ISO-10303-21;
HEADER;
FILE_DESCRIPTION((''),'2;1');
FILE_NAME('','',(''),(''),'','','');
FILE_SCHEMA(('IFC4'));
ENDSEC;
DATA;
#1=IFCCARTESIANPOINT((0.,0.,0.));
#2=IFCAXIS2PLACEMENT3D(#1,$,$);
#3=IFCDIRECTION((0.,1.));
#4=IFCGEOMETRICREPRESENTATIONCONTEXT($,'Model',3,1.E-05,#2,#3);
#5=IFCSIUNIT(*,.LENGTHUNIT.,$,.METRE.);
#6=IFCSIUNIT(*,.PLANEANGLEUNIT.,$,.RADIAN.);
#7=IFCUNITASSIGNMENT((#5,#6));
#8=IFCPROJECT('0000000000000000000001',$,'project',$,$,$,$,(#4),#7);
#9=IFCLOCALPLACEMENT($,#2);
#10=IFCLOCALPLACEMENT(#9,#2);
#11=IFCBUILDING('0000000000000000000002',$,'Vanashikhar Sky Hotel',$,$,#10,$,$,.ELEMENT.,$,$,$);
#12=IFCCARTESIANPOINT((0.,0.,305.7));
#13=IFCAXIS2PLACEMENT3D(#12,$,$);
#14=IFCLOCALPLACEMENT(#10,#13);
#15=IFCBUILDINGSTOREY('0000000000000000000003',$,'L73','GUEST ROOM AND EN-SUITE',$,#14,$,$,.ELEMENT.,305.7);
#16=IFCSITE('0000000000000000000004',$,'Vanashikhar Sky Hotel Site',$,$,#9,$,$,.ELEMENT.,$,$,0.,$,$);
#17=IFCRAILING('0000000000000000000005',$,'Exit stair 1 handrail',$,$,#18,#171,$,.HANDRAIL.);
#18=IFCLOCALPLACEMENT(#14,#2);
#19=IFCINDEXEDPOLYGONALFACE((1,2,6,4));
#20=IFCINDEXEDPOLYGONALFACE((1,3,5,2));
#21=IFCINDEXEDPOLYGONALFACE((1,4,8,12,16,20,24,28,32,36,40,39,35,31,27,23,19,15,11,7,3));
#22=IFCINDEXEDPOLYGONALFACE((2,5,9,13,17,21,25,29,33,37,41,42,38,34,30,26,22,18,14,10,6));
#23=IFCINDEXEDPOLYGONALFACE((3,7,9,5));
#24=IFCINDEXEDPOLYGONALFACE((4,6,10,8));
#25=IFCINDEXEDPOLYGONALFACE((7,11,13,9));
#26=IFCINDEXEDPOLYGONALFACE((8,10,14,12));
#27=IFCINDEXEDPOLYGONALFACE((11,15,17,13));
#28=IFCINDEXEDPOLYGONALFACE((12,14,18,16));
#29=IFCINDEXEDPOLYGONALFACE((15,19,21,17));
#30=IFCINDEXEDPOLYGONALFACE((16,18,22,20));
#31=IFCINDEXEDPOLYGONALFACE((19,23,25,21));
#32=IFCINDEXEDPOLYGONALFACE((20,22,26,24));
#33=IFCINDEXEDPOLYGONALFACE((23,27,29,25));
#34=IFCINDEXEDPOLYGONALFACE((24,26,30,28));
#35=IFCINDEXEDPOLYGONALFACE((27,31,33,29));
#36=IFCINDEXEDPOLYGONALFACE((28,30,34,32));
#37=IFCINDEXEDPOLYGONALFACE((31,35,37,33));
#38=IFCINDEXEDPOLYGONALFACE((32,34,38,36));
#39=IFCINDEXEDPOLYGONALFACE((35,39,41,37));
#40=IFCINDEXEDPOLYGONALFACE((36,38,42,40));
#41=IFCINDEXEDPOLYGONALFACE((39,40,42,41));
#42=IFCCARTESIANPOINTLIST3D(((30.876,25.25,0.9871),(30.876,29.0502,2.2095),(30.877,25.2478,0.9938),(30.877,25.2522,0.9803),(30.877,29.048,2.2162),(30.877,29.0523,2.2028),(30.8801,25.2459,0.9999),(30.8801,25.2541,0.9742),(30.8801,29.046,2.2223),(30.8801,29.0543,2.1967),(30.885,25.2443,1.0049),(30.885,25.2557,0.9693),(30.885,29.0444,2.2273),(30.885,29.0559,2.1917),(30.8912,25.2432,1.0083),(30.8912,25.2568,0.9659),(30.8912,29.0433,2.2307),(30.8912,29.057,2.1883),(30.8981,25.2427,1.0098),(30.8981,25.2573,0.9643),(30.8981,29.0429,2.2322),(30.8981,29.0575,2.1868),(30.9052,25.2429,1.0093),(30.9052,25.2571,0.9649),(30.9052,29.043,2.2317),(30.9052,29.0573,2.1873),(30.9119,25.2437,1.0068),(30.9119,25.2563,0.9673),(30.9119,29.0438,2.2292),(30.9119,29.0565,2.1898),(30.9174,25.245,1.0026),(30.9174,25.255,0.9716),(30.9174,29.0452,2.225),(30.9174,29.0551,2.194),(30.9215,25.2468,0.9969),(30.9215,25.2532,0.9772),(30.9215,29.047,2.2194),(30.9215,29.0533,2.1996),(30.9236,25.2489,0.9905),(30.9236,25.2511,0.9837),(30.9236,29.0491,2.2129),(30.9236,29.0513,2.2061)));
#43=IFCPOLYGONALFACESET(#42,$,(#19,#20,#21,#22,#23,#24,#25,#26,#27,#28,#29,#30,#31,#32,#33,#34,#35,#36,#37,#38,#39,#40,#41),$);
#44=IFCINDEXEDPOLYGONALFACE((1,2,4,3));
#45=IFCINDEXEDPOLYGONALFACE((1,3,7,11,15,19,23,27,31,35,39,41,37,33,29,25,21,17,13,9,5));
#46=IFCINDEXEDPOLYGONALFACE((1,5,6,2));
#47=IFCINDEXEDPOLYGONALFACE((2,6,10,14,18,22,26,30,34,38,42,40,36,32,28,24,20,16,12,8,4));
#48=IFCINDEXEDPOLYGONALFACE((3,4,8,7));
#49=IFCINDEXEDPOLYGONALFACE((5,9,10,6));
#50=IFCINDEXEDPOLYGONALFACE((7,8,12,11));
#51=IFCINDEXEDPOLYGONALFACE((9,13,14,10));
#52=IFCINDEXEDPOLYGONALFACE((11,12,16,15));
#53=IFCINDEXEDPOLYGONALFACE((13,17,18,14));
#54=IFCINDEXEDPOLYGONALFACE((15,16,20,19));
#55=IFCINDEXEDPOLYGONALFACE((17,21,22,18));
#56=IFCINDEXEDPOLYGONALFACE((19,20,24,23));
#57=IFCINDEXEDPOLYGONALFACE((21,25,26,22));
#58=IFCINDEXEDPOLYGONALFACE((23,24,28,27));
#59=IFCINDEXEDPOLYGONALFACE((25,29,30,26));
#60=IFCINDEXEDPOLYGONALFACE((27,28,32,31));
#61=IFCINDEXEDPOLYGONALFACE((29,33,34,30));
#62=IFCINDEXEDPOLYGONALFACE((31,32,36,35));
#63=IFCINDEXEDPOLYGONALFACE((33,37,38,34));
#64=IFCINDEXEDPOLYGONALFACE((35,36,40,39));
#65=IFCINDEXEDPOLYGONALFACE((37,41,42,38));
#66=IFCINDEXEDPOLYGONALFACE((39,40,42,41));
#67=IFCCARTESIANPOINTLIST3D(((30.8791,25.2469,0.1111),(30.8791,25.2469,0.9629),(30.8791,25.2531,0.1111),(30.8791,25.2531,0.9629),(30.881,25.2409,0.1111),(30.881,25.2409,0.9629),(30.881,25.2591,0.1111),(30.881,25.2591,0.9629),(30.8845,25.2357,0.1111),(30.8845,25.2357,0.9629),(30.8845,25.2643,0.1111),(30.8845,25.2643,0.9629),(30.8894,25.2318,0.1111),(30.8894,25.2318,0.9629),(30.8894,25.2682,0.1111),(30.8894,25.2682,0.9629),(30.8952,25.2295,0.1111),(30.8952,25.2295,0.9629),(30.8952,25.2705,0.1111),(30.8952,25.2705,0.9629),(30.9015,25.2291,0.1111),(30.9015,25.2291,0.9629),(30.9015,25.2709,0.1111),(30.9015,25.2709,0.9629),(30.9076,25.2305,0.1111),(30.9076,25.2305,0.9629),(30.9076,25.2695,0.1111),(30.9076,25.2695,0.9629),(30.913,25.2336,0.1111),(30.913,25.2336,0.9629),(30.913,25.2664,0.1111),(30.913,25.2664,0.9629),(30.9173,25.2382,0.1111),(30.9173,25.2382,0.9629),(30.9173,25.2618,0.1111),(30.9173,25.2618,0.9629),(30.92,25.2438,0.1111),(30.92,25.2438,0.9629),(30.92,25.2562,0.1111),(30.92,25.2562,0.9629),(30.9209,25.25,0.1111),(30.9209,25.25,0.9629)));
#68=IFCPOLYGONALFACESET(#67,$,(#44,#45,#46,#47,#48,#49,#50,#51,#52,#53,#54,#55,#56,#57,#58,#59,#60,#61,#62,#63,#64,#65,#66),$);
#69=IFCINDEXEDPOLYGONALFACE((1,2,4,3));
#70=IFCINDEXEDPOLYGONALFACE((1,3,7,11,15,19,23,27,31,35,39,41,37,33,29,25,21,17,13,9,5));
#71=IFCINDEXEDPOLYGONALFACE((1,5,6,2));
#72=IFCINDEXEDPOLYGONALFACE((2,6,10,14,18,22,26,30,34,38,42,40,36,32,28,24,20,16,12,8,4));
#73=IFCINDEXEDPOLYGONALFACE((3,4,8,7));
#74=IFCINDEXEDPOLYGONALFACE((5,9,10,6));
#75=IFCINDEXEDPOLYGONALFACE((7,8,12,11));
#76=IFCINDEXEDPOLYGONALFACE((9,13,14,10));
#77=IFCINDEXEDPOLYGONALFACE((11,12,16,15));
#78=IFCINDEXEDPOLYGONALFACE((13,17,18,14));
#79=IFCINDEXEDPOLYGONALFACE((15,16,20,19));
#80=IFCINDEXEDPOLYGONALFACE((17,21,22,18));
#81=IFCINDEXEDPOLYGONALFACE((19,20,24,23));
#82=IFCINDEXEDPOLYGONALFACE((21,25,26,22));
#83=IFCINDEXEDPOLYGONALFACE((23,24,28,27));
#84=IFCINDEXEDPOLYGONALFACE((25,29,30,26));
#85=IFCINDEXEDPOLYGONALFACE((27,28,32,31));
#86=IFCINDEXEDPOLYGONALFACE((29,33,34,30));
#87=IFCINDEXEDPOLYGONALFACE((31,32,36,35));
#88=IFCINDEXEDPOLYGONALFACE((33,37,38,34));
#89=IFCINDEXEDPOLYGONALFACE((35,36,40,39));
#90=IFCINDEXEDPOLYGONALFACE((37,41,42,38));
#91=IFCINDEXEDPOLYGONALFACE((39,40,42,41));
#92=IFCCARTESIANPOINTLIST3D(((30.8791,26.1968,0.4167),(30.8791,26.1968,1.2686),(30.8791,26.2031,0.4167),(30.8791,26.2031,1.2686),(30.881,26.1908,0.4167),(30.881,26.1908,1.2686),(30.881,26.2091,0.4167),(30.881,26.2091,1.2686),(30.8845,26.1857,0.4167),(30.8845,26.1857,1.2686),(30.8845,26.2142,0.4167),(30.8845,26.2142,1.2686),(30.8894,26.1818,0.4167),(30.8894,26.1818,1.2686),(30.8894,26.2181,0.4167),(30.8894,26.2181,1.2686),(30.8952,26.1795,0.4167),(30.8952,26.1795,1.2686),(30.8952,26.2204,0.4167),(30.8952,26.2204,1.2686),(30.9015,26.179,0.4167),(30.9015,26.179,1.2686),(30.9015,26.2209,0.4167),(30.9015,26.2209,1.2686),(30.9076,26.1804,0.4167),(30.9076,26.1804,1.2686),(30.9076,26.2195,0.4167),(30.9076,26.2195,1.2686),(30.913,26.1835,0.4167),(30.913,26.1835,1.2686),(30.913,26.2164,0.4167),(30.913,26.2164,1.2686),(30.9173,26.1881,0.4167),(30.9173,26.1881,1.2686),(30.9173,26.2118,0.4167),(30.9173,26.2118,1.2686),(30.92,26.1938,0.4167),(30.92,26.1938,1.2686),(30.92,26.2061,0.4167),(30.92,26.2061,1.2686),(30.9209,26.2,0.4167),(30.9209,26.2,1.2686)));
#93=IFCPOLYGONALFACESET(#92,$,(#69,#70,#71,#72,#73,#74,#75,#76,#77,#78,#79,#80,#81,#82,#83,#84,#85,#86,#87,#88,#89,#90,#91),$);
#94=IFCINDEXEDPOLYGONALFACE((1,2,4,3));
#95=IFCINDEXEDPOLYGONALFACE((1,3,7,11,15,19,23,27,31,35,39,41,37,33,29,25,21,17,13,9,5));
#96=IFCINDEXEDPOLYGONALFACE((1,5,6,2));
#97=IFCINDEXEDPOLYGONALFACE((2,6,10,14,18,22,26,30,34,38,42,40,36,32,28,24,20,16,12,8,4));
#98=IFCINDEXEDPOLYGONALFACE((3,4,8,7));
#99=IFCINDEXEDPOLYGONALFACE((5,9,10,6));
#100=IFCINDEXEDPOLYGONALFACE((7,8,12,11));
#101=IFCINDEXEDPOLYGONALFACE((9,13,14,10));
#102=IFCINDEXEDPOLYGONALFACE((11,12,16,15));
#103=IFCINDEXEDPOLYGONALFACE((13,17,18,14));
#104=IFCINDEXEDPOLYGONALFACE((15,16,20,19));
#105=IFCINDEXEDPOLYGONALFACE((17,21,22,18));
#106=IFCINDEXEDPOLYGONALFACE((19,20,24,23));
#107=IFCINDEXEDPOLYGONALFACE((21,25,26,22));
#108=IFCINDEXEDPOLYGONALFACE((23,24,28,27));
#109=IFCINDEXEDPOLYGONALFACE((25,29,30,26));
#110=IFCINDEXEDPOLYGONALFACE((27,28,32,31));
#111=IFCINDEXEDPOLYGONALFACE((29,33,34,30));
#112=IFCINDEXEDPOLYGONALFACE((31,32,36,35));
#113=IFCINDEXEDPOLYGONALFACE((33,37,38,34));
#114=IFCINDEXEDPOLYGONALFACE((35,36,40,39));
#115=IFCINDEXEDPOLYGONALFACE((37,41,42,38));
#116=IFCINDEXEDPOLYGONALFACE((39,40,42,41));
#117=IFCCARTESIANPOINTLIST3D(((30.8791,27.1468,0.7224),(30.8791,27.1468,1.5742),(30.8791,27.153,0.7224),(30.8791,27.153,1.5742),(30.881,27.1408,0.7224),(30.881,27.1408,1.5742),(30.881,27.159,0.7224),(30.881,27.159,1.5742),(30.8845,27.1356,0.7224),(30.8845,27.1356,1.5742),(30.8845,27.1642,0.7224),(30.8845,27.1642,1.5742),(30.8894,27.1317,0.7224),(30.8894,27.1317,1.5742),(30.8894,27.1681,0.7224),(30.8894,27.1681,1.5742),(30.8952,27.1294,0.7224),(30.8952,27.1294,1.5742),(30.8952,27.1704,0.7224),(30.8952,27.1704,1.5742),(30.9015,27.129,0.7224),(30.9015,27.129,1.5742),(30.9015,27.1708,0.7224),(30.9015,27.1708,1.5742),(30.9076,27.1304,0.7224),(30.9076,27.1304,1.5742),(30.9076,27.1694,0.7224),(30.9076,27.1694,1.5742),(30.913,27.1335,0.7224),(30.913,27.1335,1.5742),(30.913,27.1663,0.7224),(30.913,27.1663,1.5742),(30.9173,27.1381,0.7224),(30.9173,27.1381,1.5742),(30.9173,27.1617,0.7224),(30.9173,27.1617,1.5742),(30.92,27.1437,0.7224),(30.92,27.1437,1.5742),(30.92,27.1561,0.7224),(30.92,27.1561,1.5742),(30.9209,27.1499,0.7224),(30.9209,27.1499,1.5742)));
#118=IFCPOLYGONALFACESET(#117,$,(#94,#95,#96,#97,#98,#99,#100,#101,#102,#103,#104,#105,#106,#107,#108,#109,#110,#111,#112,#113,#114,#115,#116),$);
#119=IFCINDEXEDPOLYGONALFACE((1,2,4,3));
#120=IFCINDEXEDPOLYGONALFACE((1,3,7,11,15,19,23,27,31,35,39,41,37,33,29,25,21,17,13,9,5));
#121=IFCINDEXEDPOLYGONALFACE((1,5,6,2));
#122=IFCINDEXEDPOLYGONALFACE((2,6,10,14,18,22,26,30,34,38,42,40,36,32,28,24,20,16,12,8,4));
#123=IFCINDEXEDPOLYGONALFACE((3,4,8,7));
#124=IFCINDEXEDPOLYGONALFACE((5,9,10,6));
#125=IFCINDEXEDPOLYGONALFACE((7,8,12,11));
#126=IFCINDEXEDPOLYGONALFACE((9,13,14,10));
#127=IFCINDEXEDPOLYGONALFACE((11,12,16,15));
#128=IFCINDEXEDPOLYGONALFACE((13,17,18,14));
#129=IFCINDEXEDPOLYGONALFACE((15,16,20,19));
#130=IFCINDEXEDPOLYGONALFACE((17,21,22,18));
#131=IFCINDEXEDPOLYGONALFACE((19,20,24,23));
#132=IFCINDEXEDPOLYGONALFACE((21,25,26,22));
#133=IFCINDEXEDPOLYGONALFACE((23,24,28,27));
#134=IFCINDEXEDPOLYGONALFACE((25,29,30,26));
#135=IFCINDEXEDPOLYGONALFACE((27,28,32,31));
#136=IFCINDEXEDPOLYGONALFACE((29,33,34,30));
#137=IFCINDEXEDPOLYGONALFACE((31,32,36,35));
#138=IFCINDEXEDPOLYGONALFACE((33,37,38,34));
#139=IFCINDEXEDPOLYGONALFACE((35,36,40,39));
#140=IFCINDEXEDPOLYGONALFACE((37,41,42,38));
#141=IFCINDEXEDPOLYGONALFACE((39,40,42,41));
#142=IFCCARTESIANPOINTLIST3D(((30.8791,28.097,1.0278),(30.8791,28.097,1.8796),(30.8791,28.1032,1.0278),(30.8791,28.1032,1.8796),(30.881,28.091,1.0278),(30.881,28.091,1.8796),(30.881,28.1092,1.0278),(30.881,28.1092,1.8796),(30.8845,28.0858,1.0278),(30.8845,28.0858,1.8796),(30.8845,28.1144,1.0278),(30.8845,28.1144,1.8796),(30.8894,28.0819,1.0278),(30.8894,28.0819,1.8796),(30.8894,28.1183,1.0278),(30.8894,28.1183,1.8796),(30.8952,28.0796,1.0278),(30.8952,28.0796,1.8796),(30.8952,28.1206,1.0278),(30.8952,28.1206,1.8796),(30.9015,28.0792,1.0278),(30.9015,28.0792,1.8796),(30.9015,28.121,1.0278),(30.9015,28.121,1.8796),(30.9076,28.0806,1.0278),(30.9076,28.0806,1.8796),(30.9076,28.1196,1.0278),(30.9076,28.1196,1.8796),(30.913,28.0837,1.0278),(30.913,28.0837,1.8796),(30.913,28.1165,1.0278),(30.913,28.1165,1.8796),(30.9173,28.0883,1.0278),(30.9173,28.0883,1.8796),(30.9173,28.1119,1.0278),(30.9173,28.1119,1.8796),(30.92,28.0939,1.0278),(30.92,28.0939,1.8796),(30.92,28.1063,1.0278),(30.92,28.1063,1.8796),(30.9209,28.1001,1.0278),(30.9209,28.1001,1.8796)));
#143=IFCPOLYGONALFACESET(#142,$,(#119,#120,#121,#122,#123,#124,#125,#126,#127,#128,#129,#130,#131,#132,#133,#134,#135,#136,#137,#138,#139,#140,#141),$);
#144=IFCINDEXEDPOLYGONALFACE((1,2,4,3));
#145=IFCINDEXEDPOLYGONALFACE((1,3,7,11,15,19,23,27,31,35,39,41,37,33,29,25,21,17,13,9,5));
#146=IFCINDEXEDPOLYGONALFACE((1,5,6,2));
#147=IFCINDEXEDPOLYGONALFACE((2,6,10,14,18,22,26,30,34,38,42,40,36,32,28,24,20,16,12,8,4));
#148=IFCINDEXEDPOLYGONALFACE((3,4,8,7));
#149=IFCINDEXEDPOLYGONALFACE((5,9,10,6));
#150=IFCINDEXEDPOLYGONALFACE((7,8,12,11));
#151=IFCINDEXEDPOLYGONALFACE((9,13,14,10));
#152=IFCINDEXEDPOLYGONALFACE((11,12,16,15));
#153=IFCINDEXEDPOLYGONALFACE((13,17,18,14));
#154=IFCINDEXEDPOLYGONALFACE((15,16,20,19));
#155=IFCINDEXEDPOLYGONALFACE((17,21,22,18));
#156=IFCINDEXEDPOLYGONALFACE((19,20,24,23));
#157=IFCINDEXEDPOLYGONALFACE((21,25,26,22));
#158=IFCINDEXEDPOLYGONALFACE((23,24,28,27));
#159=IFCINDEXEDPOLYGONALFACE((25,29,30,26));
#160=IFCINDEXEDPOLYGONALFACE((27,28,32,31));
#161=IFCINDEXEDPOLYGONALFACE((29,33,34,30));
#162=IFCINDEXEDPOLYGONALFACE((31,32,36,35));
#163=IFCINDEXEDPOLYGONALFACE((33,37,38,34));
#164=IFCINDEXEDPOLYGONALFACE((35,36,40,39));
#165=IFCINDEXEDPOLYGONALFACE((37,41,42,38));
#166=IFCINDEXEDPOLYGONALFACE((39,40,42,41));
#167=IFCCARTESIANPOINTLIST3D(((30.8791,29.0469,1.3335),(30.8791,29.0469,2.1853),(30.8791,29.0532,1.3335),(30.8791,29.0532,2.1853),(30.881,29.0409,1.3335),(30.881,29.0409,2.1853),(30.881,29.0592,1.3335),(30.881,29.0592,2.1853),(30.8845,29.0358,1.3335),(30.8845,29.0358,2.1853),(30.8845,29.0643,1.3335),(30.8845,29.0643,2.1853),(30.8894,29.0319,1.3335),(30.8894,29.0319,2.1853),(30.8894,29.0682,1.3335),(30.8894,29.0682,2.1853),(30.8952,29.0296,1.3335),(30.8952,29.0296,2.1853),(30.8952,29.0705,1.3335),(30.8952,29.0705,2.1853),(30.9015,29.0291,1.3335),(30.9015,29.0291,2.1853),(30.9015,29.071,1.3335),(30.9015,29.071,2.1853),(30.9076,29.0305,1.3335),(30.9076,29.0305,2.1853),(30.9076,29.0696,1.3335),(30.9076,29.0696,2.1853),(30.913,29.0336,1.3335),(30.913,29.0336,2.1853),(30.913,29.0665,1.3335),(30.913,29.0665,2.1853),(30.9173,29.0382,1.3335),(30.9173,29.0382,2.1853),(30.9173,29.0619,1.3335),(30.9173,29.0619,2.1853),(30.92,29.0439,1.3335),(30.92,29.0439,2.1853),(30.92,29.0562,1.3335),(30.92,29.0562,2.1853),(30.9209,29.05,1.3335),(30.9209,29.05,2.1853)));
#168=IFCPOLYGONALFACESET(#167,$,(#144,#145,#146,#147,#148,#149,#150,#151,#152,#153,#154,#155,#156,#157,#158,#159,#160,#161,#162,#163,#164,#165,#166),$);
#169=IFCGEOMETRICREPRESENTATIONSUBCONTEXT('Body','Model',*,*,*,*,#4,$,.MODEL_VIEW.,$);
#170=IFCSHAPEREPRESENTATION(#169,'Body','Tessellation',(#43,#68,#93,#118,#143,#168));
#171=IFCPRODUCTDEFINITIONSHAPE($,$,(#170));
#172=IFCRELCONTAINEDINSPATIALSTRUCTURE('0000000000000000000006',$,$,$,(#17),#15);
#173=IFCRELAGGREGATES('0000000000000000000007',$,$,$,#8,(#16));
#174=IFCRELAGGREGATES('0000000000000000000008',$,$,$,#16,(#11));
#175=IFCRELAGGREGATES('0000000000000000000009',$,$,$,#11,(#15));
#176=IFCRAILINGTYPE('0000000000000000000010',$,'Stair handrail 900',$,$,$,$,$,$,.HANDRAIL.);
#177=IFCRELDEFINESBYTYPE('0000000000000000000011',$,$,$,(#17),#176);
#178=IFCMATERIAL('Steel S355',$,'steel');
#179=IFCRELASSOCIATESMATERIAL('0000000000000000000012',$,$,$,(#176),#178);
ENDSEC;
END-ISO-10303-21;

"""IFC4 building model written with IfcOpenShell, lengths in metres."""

from ifc_helpers import new_model, si_unit, direction, frame, origin, origin_2d, place, context, subcontext, project, spatial, circle, extrude, source, transform, mapped, material, type_object, element, save


model = new_model("IFC4")

# Units and contexts
model_context = context("Model", 3, precision=1e-05, world=origin(), true_north=direction((0.0, 1.0)))
body_context = subcontext(model_context, "Body", "Model", "MODEL_VIEW")
ifc_project = project(units=[si_unit("LENGTHUNIT", "METRE"), si_unit("PLANEANGLEUNIT", "RADIAN")], contexts=[model_context])

# Site, building, storey
site_placement = place(None, origin())
site = spatial("IfcSite", under=ifc_project, at=site_placement, Name="Vanashikhar Sky Hotel Site", CompositionType="ELEMENT", RefElevation=0.0)
building_placement = place(site_placement, origin())
building = spatial("IfcBuilding", under=site, at=building_placement, Name="Vanashikhar Sky Hotel", CompositionType="ELEMENT")
storey_placement = place(building_placement, frame((0.0, 0.0, 305.7)))
storey = spatial("IfcBuildingStorey", under=building, at=storey_placement, Name="L73", Description="GUEST ROOM AND EN-SUITE", CompositionType="ELEMENT", Elevation=305.7)

# Railing
ifc_material_1 = material(Name="Steel S355", Category="steel")
railing_type_1 = type_object("IfcRailingType", Name="Stair handrail 900", PredefinedType="HANDRAIL", material=ifc_material_1)
shared_shape_1 = source(origin(), body_context, "Body", "SweptSolid", [
    extrude(circle(Radius=0.0239, at=origin_2d()), frame((0.0, 0.0, 0.876), z_axis=(0.0, 0.951958, 0.306229), x_axis=(-1.0, 0.0, 0.0)), (0.0, 0.0, 1.0), 3.9919),
    extrude(circle(Radius=0.021, at=origin_2d()), origin(), (0.0, 0.0, 1.0), 0.8518),
    extrude(circle(Radius=0.021, at=origin_2d()), frame((0.0, 0.95, 0.3057)), (0.0, 0.0, 1.0), 0.8518),
    extrude(circle(Radius=0.021, at=origin_2d()), frame((0.0, 1.8999, 0.6113)), (0.0, 0.0, 1.0), 0.8518),
    extrude(circle(Radius=0.021, at=origin_2d()), frame((0.0, 2.8501, 0.9167)), (0.0, 0.0, 1.0), 0.8518),
    extrude(circle(Radius=0.021, at=origin_2d()), frame((0.0, 3.8, 1.2224)), (0.0, 0.0, 1.0), 0.8518),
])
railing_1_placement = place(storey_placement, frame((30.8999, 25.25, 0.1111)))
element("IfcRailing", 1, at=railing_1_placement, inside=storey, type_object=railing_type_1, Name="Exit stair 1 handrail", PredefinedType="HANDRAIL", context=body_context, shape_type="MappedRepresentation", body=[
    mapped(shared_shape_1, transform((0.0, 0.0, 0.0), scale=1.0)),
])

save(model, "model.ifc")
